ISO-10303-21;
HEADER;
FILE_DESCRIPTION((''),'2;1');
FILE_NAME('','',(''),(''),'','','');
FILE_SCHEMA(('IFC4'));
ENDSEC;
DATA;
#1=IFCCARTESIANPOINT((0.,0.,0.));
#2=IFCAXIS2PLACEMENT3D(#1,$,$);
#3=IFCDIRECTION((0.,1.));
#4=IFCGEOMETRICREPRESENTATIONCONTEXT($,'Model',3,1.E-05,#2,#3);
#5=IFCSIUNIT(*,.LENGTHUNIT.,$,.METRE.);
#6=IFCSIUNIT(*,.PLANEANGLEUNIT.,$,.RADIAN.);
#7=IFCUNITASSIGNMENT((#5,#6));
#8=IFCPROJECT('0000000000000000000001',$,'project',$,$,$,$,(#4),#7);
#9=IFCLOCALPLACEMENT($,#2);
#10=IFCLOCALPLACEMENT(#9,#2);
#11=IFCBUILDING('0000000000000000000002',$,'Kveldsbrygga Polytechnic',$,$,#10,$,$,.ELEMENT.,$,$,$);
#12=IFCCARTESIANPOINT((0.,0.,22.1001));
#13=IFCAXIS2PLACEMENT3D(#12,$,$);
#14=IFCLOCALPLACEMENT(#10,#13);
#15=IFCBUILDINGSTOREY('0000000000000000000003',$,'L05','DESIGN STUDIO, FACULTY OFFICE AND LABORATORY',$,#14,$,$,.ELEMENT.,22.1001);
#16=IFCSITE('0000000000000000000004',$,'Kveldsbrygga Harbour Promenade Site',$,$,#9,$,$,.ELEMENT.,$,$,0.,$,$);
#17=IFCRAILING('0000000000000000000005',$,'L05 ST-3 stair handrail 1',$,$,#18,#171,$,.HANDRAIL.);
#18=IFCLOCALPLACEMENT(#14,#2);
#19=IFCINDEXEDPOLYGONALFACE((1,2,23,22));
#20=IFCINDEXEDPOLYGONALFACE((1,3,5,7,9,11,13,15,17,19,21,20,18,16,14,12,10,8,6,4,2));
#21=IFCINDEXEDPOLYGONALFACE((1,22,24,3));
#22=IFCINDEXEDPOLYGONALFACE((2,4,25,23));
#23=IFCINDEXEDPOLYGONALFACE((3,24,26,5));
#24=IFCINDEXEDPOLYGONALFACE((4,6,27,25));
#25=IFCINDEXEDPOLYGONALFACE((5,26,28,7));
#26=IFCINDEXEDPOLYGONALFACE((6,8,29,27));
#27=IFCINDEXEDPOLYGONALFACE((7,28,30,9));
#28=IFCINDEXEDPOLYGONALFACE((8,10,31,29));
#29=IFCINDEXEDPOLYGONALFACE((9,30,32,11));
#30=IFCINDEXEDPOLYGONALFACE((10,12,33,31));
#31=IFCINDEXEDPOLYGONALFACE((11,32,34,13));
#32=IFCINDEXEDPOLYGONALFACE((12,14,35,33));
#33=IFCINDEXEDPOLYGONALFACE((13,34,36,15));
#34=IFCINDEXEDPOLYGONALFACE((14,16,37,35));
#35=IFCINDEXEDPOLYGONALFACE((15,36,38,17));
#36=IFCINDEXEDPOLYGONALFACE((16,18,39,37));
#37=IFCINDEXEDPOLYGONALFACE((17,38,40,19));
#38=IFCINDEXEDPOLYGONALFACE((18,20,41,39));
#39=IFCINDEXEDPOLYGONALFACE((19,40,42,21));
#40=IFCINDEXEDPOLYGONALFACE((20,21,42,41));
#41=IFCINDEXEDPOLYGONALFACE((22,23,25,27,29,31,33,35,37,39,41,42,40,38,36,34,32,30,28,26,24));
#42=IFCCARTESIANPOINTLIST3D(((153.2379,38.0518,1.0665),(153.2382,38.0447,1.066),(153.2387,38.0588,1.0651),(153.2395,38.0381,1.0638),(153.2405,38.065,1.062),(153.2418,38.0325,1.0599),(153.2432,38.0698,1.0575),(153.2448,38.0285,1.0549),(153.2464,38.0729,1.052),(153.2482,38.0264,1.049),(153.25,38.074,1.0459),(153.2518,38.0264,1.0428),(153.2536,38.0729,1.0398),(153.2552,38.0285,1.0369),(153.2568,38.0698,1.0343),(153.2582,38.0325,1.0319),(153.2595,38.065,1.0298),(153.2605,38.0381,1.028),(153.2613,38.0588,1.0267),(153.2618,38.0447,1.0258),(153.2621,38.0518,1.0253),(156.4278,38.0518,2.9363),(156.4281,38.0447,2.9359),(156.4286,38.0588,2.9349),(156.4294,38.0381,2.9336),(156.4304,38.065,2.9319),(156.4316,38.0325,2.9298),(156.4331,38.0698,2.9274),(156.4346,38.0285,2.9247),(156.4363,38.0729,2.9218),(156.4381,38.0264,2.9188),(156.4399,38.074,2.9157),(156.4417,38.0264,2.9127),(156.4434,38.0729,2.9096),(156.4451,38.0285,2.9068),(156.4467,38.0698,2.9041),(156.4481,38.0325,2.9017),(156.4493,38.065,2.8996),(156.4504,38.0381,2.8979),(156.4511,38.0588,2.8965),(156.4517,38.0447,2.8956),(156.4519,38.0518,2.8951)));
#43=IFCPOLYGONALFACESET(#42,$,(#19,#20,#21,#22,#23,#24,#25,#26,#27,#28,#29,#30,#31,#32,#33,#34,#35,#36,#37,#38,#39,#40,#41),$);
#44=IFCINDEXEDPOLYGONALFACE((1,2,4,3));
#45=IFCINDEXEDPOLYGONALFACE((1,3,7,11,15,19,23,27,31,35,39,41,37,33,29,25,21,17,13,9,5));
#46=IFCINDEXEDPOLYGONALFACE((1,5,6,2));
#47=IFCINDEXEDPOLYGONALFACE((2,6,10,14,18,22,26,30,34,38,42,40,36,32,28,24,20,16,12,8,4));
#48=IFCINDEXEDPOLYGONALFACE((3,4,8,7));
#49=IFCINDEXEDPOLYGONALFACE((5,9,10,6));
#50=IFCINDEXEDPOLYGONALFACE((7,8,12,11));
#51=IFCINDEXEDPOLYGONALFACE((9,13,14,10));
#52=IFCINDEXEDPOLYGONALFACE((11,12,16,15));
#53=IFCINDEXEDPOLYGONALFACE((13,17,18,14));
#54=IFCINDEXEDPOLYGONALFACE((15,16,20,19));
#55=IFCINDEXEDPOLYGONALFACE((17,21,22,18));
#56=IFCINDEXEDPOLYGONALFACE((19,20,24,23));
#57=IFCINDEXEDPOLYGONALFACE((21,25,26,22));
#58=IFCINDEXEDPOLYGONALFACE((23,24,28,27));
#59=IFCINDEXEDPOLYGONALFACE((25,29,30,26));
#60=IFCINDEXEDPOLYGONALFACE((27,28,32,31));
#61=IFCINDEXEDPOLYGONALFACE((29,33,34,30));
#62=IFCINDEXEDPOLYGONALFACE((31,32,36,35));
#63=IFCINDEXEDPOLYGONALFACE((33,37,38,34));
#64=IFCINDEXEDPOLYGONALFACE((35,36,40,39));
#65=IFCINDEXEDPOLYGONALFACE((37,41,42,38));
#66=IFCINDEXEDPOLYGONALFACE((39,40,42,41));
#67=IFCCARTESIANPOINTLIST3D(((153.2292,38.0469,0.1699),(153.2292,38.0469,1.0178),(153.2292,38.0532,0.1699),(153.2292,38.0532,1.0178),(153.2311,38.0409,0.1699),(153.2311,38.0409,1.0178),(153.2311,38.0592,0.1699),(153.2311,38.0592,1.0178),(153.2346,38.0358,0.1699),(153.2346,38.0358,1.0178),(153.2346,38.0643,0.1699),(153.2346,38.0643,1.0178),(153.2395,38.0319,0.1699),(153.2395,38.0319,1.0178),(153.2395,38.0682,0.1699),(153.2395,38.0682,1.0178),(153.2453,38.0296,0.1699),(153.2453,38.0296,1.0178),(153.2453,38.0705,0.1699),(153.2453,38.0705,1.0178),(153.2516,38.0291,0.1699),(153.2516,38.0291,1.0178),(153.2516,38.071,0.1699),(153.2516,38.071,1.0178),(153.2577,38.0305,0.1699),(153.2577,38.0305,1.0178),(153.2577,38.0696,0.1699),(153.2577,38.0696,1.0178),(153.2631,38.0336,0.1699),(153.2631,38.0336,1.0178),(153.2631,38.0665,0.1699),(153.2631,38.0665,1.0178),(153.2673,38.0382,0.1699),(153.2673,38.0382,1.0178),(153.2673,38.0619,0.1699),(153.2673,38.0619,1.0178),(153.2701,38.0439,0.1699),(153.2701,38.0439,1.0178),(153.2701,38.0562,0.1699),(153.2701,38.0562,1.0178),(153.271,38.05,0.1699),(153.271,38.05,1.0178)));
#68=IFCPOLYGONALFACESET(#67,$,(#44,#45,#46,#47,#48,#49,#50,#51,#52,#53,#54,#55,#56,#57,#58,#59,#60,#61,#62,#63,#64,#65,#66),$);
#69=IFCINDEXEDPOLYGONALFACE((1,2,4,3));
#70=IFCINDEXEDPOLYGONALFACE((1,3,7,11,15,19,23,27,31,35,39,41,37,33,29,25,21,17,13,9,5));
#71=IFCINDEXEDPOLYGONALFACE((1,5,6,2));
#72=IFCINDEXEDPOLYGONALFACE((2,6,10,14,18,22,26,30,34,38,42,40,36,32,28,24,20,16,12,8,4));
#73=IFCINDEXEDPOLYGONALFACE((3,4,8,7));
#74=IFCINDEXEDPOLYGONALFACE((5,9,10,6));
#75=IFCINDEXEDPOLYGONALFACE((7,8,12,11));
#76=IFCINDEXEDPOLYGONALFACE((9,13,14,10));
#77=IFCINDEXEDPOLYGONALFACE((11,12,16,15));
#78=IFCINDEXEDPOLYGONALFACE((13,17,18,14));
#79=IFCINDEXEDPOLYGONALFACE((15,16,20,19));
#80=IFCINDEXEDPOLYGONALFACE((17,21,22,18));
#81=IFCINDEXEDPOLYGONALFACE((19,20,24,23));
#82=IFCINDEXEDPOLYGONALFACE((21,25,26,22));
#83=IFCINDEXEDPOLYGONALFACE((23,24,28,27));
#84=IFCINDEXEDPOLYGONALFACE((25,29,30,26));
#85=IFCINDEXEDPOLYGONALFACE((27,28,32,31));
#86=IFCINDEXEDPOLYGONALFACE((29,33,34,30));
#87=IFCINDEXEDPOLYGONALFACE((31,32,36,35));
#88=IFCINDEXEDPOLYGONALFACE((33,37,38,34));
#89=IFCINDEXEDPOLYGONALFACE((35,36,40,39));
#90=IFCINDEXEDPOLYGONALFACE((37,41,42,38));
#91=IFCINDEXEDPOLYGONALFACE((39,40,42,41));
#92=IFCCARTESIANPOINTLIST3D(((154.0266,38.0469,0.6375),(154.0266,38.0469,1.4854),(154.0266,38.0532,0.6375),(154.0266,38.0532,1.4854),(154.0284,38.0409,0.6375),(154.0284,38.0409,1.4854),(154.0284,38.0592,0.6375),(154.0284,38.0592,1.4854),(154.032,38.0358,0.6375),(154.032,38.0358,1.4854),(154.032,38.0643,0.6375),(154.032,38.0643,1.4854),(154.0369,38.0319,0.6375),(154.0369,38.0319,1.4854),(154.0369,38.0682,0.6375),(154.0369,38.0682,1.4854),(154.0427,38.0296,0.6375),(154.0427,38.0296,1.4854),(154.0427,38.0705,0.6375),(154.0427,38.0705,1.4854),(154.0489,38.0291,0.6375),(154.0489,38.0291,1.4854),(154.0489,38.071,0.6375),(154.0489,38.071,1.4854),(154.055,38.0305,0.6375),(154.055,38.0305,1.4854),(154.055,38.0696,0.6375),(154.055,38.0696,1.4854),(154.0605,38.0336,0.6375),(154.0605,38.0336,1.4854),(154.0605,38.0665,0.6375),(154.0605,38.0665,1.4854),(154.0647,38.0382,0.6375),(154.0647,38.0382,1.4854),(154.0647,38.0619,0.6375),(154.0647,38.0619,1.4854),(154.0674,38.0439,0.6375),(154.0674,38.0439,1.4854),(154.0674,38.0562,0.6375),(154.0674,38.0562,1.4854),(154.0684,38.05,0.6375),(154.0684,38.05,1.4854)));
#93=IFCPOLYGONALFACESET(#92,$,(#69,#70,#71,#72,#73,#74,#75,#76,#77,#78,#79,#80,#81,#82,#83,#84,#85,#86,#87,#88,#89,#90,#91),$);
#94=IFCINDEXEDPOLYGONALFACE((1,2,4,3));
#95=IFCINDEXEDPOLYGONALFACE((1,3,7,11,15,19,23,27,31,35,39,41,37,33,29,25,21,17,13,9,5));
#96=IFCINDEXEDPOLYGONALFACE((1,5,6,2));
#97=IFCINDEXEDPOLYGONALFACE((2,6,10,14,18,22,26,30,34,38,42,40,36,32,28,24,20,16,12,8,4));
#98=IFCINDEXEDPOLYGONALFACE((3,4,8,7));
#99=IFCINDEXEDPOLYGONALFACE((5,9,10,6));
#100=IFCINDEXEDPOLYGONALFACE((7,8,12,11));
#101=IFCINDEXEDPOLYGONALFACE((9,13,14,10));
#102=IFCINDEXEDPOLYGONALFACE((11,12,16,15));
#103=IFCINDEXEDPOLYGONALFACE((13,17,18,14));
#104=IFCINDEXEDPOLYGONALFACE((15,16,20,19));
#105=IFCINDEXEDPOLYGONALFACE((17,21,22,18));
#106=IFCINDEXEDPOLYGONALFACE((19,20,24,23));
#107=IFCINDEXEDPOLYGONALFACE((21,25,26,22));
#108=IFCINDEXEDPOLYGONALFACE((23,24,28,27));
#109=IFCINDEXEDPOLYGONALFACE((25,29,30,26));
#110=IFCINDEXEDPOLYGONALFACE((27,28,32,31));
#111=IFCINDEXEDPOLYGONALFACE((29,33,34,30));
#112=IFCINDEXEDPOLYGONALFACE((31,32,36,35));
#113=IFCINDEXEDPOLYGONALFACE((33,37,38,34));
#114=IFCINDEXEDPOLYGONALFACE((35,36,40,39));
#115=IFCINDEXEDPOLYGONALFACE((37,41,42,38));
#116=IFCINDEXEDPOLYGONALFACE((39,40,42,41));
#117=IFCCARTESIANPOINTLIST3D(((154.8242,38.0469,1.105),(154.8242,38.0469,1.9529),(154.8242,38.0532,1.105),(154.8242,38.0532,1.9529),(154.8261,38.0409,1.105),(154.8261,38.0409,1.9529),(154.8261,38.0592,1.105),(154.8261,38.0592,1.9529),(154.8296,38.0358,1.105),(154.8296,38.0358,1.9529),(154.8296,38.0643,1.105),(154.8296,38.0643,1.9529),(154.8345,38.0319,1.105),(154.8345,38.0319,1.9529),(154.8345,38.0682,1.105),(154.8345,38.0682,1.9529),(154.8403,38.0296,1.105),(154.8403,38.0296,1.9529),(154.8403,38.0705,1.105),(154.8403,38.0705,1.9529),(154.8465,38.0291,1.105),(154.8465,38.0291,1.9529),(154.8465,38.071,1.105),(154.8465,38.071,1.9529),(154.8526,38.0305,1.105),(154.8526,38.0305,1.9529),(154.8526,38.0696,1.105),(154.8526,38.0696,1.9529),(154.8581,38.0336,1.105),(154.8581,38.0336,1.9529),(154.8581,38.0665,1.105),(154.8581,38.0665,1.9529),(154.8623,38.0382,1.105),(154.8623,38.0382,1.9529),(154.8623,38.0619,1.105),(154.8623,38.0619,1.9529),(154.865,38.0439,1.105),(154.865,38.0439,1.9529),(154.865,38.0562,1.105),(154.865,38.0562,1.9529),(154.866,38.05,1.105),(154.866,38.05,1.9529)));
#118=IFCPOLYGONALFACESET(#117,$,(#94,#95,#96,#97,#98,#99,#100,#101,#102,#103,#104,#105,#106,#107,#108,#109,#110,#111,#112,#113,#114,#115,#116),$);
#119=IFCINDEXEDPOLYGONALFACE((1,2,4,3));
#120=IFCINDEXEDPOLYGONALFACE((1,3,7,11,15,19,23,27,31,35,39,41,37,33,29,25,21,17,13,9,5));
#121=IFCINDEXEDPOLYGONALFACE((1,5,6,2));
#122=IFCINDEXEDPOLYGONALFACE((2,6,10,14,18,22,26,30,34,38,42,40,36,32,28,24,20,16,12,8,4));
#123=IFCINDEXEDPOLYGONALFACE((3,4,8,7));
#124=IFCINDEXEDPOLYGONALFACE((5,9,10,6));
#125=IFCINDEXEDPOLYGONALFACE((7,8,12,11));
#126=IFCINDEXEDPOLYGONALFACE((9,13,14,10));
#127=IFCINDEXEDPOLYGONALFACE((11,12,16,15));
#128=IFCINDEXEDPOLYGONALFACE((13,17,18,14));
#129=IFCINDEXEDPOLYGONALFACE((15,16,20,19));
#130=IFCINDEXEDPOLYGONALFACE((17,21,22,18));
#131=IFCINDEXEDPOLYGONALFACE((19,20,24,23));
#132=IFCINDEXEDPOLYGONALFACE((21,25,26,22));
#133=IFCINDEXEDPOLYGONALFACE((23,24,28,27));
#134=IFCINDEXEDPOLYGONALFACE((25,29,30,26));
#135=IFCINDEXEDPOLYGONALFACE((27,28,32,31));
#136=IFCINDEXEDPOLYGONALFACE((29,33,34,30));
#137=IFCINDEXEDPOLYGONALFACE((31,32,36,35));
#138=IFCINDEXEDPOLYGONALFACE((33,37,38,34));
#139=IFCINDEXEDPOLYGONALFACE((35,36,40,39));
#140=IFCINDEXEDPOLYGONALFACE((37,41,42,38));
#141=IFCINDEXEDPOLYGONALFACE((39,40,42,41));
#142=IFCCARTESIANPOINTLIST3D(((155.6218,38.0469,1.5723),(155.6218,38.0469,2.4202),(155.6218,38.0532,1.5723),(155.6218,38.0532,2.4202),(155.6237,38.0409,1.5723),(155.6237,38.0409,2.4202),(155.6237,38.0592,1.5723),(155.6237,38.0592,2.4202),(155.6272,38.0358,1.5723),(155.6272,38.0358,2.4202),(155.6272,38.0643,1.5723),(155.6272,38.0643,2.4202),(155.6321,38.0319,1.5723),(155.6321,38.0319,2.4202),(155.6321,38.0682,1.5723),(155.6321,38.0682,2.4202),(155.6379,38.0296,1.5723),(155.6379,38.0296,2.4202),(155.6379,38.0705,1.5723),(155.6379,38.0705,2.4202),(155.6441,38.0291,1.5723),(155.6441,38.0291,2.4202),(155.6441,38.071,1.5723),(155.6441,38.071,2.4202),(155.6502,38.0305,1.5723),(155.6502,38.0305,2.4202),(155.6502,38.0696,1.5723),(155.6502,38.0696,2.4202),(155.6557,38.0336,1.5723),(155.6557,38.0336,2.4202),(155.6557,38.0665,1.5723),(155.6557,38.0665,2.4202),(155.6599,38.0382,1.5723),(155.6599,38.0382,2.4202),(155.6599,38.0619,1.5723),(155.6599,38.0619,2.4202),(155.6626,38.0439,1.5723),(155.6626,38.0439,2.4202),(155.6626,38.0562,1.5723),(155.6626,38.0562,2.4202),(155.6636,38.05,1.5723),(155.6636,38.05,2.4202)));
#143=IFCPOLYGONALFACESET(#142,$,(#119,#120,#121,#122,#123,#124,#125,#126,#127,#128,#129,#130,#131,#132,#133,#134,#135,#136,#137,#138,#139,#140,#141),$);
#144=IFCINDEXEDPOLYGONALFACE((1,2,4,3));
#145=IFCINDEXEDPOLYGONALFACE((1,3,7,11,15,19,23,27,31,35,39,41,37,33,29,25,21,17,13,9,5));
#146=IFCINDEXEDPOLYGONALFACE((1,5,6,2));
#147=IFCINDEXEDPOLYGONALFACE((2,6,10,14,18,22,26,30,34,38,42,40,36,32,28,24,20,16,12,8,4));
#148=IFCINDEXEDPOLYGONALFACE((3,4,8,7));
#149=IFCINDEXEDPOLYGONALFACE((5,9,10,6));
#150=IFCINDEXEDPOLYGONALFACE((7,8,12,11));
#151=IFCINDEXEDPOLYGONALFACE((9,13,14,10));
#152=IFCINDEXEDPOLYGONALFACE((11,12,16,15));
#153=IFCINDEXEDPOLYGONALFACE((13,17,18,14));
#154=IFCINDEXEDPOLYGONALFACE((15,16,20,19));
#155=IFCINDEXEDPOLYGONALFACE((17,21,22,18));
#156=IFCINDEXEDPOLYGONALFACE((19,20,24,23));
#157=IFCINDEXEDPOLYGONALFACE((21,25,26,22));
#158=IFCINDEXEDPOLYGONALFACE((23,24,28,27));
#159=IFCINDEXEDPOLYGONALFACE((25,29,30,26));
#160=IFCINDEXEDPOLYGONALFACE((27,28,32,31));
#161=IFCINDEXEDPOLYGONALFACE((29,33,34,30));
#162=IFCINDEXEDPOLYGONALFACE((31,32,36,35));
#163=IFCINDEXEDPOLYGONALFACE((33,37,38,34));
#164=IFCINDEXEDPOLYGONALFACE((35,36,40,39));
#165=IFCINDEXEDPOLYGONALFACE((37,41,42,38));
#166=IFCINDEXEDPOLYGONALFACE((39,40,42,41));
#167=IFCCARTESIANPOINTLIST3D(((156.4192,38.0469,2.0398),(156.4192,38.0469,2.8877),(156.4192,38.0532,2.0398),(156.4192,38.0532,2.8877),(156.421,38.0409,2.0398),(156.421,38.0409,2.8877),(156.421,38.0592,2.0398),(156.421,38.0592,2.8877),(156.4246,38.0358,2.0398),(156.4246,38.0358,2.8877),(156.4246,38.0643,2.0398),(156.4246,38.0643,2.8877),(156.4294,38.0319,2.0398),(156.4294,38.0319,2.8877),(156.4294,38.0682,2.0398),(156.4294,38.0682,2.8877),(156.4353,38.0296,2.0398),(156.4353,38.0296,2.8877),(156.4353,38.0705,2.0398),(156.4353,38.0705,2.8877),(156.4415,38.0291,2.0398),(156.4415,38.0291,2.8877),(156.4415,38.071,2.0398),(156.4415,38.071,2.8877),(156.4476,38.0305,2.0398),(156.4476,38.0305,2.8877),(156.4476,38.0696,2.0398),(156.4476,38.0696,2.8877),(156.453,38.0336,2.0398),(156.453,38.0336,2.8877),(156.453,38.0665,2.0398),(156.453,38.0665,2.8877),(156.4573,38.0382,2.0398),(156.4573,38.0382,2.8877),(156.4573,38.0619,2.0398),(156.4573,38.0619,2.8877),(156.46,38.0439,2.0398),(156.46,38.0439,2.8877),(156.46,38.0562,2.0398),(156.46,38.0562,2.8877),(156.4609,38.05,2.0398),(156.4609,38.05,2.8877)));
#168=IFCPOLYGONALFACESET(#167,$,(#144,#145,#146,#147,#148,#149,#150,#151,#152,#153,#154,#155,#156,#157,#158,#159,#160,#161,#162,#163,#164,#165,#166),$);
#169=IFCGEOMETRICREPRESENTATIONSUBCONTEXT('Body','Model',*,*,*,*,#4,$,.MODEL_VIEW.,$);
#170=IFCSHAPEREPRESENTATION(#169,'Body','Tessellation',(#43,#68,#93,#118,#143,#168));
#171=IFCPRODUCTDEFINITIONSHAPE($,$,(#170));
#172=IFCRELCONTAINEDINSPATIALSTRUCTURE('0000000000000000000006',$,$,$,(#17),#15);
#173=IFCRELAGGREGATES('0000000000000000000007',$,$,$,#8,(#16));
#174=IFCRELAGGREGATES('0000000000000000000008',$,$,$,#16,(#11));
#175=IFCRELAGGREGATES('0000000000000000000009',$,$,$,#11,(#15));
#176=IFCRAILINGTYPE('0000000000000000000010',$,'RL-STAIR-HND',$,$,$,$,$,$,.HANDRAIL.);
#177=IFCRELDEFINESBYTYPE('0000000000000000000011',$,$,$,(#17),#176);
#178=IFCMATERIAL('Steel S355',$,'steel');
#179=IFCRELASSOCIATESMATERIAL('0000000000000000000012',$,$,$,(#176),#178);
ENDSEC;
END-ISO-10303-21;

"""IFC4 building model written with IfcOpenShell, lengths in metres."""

from ifc_helpers import new_model, si_unit, direction, frame, origin, origin_2d, place, context, subcontext, project, spatial, circle, extrude, material, type_object, element, save


model = new_model("IFC4")

# Units and contexts
model_context = context("Model", 3, precision=1e-05, world=origin(), true_north=direction((0.0, 1.0)))
body_context = subcontext(model_context, "Body", "Model", "MODEL_VIEW")
ifc_project = project(units=[si_unit("LENGTHUNIT", "METRE"), si_unit("PLANEANGLEUNIT", "RADIAN")], contexts=[model_context])

# Site, building, storey
site_placement = place(None, origin())
site = spatial("IfcSite", under=ifc_project, at=site_placement, Name="Kveldsbrygga Harbour Promenade Site", CompositionType="ELEMENT", RefElevation=0.0)
building_placement = place(site_placement, origin())
building = spatial("IfcBuilding", under=site, at=building_placement, Name="Kveldsbrygga Polytechnic", CompositionType="ELEMENT")
storey_placement = place(building_placement, frame((0.0, 0.0, 22.1001)))
storey = spatial("IfcBuildingStorey", under=building, at=storey_placement, Name="L05", Description="DESIGN STUDIO, FACULTY OFFICE AND LABORATORY", CompositionType="ELEMENT", Elevation=22.1001)

# Shared definitions
ifc_material_1 = material(Name="Steel S355", Category="steel")

# Railing
railing_type_1 = type_object("IfcRailingType", Name="RL-STAIR-HND", PredefinedType="HANDRAIL", material=ifc_material_1)
railing_1_placement = place(storey_placement, frame((153.25, 38.05, 0.1699)))
element("IfcRailing", 1, at=railing_1_placement, inside=storey, type_object=railing_type_1, Name="L05 ST-3 stair handrail 1", PredefinedType="HANDRAIL", context=body_context, shape_type="SweptSolid", body=[
    extrude(circle(Radius=0.0239, at=origin_2d()), frame((0.0, 0.0, 0.876), z_axis=(0.862709, 0.0, 0.505701), x_axis=(0.0, 1.0, 0.0)), (0.0, 0.0, 1.0), 3.6975),
    extrude(circle(Radius=0.021, at=origin_2d()), origin(), (0.0, 0.0, 1.0), 0.8479),
    extrude(circle(Radius=0.021, at=origin_2d()), frame((0.7974, 0.0, 0.4675)), (0.0, 0.0, 1.0), 0.8479),
    extrude(circle(Radius=0.021, at=origin_2d()), frame((1.595, 0.0, 0.9351)), (0.0, 0.0, 1.0), 0.8479),
    extrude(circle(Radius=0.021, at=origin_2d()), frame((2.3926, 0.0, 1.4023)), (0.0, 0.0, 1.0), 0.8479),
    extrude(circle(Radius=0.021, at=origin_2d()), frame((3.1899, 0.0, 1.8699)), (0.0, 0.0, 1.0), 0.8479),
])

save(model, "model.ifc")
